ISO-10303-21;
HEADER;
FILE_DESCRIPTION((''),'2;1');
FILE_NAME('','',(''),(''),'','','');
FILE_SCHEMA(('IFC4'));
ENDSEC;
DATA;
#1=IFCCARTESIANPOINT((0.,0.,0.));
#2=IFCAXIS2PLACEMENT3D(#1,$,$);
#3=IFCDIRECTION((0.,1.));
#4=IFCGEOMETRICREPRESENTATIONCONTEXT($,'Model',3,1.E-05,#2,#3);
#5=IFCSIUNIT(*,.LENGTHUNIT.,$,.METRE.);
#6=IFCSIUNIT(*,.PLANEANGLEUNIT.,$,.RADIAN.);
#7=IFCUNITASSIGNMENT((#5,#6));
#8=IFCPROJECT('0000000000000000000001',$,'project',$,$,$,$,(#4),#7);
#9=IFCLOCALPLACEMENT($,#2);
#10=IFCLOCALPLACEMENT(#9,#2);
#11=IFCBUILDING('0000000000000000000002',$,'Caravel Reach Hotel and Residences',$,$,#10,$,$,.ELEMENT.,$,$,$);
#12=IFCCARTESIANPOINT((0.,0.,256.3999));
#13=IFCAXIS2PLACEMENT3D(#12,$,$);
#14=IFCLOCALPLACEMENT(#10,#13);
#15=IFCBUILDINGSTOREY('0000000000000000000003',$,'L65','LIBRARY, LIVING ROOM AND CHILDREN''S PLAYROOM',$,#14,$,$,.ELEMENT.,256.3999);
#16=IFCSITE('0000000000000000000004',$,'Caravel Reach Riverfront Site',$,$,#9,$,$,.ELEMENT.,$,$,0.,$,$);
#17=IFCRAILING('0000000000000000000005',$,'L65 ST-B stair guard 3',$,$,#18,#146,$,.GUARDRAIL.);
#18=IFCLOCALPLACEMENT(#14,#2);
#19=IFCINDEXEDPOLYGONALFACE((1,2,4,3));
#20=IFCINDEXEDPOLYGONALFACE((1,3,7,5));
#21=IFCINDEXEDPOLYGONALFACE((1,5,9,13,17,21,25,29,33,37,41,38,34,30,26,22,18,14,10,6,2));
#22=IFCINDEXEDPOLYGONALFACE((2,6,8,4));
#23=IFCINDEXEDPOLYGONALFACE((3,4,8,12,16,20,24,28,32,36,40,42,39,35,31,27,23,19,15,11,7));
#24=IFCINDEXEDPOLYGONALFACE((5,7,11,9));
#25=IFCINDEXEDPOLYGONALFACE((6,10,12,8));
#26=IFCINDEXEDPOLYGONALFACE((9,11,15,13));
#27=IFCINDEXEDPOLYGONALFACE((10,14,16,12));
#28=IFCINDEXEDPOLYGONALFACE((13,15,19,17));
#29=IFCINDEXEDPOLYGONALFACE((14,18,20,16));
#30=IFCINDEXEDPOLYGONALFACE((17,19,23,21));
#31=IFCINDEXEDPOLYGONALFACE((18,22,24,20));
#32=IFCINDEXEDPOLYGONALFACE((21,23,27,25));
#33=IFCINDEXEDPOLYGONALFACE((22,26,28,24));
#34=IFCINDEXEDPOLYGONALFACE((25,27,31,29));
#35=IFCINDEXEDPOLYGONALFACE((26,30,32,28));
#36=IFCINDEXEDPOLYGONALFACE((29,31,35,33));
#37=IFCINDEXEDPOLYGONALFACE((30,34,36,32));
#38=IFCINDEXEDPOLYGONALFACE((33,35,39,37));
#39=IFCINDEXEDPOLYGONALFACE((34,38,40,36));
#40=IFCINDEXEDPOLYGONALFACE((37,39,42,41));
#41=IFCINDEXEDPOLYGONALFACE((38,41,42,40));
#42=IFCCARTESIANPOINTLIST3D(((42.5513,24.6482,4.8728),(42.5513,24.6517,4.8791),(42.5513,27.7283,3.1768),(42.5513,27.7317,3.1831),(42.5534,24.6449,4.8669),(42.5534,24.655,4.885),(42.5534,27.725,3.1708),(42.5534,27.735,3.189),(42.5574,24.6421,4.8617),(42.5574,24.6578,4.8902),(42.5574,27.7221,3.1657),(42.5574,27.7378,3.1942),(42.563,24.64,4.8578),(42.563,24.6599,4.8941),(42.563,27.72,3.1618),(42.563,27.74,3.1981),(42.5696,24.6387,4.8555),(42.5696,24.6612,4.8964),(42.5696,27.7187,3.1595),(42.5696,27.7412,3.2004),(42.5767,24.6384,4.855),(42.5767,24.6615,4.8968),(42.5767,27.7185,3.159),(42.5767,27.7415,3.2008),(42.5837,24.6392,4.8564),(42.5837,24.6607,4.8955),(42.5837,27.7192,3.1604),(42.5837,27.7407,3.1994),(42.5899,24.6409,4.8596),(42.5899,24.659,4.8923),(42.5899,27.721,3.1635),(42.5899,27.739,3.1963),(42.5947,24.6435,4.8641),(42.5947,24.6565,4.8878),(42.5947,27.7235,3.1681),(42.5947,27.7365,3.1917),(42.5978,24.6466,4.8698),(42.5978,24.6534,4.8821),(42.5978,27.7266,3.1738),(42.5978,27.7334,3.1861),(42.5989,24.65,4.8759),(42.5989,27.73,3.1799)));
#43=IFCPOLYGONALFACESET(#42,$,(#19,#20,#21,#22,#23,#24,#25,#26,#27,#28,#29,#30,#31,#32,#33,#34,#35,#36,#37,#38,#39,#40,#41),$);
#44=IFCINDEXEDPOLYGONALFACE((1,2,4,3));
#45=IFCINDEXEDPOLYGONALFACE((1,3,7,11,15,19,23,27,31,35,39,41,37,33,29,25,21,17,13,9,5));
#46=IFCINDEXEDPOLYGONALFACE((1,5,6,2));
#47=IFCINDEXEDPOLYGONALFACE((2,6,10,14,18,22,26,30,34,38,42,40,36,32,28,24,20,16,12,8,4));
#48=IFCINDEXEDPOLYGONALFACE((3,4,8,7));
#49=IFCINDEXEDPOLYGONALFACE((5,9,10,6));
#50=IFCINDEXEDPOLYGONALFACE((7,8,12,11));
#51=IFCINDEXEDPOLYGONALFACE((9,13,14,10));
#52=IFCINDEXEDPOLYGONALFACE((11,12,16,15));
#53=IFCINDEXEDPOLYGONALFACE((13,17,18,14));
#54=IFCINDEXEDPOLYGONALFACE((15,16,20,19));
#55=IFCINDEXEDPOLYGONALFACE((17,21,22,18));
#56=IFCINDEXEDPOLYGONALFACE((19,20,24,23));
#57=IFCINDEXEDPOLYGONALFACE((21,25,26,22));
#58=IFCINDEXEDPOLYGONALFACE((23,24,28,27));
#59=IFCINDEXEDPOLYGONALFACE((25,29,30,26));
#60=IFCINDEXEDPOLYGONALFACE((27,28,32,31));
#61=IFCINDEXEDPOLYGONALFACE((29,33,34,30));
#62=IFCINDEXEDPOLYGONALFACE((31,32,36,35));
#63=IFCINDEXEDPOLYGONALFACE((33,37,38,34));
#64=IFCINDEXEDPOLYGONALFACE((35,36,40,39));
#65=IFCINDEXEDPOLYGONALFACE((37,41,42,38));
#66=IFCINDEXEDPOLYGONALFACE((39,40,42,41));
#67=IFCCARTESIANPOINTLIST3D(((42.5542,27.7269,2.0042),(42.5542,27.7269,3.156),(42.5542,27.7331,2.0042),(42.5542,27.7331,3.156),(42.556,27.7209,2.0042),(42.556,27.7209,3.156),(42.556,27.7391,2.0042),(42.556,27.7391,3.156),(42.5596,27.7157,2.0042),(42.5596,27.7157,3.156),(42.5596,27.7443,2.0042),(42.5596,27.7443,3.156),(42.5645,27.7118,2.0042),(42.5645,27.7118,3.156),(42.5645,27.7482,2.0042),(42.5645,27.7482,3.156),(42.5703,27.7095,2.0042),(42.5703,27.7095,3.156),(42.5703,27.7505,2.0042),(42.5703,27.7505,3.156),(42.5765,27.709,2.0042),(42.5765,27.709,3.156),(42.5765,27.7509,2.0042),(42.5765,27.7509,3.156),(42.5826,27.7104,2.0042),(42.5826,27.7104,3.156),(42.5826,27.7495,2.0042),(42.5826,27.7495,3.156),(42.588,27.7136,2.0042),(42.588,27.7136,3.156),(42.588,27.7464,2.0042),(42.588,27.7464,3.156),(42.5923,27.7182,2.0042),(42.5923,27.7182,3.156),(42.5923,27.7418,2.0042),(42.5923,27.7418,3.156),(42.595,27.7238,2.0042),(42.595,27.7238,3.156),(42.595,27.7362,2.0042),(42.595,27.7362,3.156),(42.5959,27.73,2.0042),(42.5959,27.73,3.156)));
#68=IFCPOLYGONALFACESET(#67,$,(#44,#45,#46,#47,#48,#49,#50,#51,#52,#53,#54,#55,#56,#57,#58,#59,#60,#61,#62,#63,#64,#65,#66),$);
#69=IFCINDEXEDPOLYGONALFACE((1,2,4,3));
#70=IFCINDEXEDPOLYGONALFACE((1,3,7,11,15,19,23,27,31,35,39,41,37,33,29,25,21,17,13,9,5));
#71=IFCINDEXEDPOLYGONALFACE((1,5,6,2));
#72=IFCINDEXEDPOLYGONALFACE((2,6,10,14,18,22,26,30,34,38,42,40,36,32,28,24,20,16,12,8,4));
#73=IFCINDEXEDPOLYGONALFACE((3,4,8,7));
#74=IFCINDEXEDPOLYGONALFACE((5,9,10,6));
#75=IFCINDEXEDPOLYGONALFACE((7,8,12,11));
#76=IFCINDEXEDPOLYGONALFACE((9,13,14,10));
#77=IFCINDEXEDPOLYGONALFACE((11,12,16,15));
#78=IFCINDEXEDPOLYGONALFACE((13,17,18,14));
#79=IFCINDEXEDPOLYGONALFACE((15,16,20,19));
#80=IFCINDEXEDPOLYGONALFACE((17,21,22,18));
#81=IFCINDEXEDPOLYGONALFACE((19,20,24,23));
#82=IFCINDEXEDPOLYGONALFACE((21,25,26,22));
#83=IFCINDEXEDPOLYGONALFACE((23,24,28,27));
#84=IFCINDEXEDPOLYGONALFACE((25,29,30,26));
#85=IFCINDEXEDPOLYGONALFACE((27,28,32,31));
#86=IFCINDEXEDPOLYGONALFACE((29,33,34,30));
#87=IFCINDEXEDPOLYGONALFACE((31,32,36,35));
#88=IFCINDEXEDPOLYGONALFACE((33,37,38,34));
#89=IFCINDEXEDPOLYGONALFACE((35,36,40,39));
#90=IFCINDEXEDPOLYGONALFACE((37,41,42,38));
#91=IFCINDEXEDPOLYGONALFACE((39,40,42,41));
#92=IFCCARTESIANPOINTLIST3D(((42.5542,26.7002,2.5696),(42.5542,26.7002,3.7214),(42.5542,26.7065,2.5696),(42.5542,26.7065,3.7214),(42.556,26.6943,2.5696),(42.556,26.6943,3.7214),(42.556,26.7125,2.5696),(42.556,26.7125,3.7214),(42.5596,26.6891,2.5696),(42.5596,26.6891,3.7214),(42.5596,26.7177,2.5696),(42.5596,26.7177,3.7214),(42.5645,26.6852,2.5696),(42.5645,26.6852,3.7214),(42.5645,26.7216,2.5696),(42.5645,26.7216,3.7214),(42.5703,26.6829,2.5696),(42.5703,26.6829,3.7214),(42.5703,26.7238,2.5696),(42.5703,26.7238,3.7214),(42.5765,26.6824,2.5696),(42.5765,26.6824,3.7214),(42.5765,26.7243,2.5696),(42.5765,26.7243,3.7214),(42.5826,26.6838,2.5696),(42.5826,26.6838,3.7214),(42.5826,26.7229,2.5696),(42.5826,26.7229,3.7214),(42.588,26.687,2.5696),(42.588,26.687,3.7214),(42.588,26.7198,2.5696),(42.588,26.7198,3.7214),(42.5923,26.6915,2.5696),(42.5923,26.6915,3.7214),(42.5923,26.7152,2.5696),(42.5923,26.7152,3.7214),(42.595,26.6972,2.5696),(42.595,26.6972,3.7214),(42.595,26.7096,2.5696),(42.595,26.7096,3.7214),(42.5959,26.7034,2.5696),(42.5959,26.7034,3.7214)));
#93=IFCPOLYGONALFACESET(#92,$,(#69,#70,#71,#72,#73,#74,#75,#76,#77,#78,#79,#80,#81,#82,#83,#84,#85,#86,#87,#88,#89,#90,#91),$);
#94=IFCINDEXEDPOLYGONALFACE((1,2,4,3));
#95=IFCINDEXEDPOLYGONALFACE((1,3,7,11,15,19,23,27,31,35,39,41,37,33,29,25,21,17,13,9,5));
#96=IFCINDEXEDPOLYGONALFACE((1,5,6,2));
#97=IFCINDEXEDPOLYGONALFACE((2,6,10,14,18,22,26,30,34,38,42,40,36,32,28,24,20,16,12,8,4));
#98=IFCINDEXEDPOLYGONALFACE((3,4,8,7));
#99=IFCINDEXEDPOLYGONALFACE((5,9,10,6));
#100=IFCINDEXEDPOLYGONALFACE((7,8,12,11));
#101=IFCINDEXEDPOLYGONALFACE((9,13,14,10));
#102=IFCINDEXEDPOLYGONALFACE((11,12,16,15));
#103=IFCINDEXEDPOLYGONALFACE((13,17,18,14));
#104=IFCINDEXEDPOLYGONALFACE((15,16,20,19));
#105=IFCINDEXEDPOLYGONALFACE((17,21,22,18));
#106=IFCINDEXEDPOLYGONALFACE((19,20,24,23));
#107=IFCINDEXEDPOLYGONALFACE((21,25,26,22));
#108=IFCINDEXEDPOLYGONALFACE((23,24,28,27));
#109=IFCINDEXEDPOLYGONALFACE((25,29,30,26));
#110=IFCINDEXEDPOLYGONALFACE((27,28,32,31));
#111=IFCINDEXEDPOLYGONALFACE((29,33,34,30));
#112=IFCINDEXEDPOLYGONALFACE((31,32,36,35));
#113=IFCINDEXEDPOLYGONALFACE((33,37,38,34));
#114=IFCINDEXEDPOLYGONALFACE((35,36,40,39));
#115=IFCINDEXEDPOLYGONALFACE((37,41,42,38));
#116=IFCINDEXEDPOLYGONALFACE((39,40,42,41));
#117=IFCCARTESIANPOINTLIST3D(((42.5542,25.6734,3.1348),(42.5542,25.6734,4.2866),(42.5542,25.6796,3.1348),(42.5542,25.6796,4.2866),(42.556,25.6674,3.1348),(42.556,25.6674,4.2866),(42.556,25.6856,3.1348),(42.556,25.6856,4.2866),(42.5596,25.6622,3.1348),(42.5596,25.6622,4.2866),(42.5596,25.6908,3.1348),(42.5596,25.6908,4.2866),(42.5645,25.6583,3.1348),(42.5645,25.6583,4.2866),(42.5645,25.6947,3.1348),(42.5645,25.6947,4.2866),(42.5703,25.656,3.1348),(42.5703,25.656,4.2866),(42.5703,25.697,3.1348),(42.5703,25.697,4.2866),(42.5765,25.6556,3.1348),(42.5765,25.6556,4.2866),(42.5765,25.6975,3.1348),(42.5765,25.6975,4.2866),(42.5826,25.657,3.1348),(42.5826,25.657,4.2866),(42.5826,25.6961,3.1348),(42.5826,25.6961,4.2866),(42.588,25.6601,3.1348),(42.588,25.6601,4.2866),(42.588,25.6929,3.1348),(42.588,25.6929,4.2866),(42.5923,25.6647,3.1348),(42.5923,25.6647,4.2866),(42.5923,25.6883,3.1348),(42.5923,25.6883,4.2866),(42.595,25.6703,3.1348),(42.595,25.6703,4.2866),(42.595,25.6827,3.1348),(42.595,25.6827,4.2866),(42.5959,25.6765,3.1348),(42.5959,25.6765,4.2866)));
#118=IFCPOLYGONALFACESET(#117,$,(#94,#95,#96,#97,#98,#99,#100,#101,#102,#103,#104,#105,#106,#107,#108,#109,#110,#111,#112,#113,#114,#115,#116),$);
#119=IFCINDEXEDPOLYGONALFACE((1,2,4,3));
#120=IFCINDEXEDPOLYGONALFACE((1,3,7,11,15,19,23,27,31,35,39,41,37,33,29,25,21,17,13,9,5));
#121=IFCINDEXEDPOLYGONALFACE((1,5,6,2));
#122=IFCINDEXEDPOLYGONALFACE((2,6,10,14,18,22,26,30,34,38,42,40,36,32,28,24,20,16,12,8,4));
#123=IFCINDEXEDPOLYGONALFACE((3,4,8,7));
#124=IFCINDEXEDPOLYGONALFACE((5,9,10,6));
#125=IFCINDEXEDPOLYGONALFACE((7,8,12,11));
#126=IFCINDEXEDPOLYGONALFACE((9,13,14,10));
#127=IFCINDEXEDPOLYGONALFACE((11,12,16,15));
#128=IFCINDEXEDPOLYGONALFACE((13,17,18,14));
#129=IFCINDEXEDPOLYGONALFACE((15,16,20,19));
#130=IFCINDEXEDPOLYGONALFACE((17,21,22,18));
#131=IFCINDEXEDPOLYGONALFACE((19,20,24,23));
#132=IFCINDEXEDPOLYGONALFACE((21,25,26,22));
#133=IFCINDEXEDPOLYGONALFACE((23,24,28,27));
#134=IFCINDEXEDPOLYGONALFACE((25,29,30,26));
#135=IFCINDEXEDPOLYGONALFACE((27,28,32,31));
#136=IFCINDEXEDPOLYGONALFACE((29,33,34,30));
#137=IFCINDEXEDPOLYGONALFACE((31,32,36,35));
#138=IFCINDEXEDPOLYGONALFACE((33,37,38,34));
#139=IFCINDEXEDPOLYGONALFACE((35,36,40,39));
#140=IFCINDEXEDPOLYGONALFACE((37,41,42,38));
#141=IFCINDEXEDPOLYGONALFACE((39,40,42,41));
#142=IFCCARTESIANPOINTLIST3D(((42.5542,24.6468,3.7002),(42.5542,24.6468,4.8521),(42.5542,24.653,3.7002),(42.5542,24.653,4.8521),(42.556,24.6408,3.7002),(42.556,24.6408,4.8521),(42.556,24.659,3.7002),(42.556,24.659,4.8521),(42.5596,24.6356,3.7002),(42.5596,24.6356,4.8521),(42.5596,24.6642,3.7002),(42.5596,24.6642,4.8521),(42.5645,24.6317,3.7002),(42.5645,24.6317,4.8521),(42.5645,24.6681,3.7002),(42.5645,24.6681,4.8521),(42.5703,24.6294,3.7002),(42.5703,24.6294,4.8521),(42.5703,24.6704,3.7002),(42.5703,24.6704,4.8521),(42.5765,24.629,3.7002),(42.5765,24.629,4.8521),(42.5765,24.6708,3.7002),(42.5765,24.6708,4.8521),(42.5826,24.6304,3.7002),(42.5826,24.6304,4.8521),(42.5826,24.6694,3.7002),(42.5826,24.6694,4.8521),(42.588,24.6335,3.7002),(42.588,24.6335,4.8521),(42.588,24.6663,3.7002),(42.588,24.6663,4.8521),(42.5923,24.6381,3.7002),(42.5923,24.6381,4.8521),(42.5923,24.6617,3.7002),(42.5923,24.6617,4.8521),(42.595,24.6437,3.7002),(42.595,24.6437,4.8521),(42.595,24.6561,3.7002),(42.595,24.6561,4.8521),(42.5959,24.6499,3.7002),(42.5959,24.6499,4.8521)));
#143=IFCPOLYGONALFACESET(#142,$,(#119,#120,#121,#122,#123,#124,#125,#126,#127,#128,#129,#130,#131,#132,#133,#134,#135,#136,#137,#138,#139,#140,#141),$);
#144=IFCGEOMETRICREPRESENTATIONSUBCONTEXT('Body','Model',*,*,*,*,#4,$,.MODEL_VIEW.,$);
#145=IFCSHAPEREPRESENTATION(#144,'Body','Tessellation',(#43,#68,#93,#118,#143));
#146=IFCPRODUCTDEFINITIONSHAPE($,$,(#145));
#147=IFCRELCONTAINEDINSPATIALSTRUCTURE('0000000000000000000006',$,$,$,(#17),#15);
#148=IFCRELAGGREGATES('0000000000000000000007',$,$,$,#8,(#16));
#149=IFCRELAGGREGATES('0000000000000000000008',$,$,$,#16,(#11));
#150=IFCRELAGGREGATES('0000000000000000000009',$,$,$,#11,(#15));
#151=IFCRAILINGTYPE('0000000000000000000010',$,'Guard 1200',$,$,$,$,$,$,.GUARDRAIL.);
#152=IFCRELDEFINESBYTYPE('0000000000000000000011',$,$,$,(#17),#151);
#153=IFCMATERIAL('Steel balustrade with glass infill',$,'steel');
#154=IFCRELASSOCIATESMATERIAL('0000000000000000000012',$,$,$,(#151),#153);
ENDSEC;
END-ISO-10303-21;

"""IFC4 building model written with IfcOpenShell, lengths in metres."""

from ifc_helpers import new_model, si_unit, direction, frame, origin, origin_2d, place, context, subcontext, project, spatial, circle, extrude, material, type_object, element, save


model = new_model("IFC4")

# Units and contexts
model_context = context("Model", 3, precision=1e-05, world=origin(), true_north=direction((0.0, 1.0)))
body_context = subcontext(model_context, "Body", "Model", "MODEL_VIEW")
ifc_project = project(units=[si_unit("LENGTHUNIT", "METRE"), si_unit("PLANEANGLEUNIT", "RADIAN")], contexts=[model_context])

# Site, building, storey
site_placement = place(None, origin())
site = spatial("IfcSite", under=ifc_project, at=site_placement, Name="Caravel Reach Riverfront Site", CompositionType="ELEMENT", RefElevation=0.0)
building_placement = place(site_placement, origin())
building = spatial("IfcBuilding", under=site, at=building_placement, Name="Caravel Reach Hotel and Residences", CompositionType="ELEMENT")
storey_placement = place(building_placement, frame((0.0, 0.0, 256.3999)))
storey = spatial("IfcBuildingStorey", under=building, at=storey_placement, Name="L65", Description="LIBRARY, LIVING ROOM AND CHILDREN'S PLAYROOM", CompositionType="ELEMENT", Elevation=256.3999)

# Railing
ifc_material_1 = material(Name="Steel balustrade with glass infill", Category="steel")
railing_type_1 = type_object("IfcRailingType", Name="Guard 1200", PredefinedType="GUARDRAIL", material=ifc_material_1)
railing_1_placement = place(storey_placement, frame((42.575, 27.73, 2.0042)))
element("IfcRailing", 1, at=railing_1_placement, inside=storey, type_object=railing_type_1, Name="L65 ST-B stair guard 3", PredefinedType="GUARDRAIL", context=body_context, shape_type="SweptSolid", body=[
    extrude(circle(Radius=0.0239, at=origin_2d()), frame((0.0, 0.0, 1.1758), z_axis=(0.0, -0.875975, 0.482356), x_axis=(1.0, 0.0, 0.0)), (0.0, 0.0, 1.0), 3.5161),
    extrude(circle(Radius=0.021, at=origin_2d()), origin(), (0.0, 0.0, 1.0), 1.1519),
    extrude(circle(Radius=0.021, at=origin_2d()), frame((0.0, -1.0266, 0.5654)), (0.0, 0.0, 1.0), 1.1519),
    extrude(circle(Radius=0.021, at=origin_2d()), frame((0.0, -2.0535, 1.1306)), (0.0, 0.0, 1.0), 1.1519),
    extrude(circle(Radius=0.021, at=origin_2d()), frame((0.0, -3.0801, 1.696)), (0.0, 0.0, 1.0), 1.1519),
])

save(model, "model.ifc")
